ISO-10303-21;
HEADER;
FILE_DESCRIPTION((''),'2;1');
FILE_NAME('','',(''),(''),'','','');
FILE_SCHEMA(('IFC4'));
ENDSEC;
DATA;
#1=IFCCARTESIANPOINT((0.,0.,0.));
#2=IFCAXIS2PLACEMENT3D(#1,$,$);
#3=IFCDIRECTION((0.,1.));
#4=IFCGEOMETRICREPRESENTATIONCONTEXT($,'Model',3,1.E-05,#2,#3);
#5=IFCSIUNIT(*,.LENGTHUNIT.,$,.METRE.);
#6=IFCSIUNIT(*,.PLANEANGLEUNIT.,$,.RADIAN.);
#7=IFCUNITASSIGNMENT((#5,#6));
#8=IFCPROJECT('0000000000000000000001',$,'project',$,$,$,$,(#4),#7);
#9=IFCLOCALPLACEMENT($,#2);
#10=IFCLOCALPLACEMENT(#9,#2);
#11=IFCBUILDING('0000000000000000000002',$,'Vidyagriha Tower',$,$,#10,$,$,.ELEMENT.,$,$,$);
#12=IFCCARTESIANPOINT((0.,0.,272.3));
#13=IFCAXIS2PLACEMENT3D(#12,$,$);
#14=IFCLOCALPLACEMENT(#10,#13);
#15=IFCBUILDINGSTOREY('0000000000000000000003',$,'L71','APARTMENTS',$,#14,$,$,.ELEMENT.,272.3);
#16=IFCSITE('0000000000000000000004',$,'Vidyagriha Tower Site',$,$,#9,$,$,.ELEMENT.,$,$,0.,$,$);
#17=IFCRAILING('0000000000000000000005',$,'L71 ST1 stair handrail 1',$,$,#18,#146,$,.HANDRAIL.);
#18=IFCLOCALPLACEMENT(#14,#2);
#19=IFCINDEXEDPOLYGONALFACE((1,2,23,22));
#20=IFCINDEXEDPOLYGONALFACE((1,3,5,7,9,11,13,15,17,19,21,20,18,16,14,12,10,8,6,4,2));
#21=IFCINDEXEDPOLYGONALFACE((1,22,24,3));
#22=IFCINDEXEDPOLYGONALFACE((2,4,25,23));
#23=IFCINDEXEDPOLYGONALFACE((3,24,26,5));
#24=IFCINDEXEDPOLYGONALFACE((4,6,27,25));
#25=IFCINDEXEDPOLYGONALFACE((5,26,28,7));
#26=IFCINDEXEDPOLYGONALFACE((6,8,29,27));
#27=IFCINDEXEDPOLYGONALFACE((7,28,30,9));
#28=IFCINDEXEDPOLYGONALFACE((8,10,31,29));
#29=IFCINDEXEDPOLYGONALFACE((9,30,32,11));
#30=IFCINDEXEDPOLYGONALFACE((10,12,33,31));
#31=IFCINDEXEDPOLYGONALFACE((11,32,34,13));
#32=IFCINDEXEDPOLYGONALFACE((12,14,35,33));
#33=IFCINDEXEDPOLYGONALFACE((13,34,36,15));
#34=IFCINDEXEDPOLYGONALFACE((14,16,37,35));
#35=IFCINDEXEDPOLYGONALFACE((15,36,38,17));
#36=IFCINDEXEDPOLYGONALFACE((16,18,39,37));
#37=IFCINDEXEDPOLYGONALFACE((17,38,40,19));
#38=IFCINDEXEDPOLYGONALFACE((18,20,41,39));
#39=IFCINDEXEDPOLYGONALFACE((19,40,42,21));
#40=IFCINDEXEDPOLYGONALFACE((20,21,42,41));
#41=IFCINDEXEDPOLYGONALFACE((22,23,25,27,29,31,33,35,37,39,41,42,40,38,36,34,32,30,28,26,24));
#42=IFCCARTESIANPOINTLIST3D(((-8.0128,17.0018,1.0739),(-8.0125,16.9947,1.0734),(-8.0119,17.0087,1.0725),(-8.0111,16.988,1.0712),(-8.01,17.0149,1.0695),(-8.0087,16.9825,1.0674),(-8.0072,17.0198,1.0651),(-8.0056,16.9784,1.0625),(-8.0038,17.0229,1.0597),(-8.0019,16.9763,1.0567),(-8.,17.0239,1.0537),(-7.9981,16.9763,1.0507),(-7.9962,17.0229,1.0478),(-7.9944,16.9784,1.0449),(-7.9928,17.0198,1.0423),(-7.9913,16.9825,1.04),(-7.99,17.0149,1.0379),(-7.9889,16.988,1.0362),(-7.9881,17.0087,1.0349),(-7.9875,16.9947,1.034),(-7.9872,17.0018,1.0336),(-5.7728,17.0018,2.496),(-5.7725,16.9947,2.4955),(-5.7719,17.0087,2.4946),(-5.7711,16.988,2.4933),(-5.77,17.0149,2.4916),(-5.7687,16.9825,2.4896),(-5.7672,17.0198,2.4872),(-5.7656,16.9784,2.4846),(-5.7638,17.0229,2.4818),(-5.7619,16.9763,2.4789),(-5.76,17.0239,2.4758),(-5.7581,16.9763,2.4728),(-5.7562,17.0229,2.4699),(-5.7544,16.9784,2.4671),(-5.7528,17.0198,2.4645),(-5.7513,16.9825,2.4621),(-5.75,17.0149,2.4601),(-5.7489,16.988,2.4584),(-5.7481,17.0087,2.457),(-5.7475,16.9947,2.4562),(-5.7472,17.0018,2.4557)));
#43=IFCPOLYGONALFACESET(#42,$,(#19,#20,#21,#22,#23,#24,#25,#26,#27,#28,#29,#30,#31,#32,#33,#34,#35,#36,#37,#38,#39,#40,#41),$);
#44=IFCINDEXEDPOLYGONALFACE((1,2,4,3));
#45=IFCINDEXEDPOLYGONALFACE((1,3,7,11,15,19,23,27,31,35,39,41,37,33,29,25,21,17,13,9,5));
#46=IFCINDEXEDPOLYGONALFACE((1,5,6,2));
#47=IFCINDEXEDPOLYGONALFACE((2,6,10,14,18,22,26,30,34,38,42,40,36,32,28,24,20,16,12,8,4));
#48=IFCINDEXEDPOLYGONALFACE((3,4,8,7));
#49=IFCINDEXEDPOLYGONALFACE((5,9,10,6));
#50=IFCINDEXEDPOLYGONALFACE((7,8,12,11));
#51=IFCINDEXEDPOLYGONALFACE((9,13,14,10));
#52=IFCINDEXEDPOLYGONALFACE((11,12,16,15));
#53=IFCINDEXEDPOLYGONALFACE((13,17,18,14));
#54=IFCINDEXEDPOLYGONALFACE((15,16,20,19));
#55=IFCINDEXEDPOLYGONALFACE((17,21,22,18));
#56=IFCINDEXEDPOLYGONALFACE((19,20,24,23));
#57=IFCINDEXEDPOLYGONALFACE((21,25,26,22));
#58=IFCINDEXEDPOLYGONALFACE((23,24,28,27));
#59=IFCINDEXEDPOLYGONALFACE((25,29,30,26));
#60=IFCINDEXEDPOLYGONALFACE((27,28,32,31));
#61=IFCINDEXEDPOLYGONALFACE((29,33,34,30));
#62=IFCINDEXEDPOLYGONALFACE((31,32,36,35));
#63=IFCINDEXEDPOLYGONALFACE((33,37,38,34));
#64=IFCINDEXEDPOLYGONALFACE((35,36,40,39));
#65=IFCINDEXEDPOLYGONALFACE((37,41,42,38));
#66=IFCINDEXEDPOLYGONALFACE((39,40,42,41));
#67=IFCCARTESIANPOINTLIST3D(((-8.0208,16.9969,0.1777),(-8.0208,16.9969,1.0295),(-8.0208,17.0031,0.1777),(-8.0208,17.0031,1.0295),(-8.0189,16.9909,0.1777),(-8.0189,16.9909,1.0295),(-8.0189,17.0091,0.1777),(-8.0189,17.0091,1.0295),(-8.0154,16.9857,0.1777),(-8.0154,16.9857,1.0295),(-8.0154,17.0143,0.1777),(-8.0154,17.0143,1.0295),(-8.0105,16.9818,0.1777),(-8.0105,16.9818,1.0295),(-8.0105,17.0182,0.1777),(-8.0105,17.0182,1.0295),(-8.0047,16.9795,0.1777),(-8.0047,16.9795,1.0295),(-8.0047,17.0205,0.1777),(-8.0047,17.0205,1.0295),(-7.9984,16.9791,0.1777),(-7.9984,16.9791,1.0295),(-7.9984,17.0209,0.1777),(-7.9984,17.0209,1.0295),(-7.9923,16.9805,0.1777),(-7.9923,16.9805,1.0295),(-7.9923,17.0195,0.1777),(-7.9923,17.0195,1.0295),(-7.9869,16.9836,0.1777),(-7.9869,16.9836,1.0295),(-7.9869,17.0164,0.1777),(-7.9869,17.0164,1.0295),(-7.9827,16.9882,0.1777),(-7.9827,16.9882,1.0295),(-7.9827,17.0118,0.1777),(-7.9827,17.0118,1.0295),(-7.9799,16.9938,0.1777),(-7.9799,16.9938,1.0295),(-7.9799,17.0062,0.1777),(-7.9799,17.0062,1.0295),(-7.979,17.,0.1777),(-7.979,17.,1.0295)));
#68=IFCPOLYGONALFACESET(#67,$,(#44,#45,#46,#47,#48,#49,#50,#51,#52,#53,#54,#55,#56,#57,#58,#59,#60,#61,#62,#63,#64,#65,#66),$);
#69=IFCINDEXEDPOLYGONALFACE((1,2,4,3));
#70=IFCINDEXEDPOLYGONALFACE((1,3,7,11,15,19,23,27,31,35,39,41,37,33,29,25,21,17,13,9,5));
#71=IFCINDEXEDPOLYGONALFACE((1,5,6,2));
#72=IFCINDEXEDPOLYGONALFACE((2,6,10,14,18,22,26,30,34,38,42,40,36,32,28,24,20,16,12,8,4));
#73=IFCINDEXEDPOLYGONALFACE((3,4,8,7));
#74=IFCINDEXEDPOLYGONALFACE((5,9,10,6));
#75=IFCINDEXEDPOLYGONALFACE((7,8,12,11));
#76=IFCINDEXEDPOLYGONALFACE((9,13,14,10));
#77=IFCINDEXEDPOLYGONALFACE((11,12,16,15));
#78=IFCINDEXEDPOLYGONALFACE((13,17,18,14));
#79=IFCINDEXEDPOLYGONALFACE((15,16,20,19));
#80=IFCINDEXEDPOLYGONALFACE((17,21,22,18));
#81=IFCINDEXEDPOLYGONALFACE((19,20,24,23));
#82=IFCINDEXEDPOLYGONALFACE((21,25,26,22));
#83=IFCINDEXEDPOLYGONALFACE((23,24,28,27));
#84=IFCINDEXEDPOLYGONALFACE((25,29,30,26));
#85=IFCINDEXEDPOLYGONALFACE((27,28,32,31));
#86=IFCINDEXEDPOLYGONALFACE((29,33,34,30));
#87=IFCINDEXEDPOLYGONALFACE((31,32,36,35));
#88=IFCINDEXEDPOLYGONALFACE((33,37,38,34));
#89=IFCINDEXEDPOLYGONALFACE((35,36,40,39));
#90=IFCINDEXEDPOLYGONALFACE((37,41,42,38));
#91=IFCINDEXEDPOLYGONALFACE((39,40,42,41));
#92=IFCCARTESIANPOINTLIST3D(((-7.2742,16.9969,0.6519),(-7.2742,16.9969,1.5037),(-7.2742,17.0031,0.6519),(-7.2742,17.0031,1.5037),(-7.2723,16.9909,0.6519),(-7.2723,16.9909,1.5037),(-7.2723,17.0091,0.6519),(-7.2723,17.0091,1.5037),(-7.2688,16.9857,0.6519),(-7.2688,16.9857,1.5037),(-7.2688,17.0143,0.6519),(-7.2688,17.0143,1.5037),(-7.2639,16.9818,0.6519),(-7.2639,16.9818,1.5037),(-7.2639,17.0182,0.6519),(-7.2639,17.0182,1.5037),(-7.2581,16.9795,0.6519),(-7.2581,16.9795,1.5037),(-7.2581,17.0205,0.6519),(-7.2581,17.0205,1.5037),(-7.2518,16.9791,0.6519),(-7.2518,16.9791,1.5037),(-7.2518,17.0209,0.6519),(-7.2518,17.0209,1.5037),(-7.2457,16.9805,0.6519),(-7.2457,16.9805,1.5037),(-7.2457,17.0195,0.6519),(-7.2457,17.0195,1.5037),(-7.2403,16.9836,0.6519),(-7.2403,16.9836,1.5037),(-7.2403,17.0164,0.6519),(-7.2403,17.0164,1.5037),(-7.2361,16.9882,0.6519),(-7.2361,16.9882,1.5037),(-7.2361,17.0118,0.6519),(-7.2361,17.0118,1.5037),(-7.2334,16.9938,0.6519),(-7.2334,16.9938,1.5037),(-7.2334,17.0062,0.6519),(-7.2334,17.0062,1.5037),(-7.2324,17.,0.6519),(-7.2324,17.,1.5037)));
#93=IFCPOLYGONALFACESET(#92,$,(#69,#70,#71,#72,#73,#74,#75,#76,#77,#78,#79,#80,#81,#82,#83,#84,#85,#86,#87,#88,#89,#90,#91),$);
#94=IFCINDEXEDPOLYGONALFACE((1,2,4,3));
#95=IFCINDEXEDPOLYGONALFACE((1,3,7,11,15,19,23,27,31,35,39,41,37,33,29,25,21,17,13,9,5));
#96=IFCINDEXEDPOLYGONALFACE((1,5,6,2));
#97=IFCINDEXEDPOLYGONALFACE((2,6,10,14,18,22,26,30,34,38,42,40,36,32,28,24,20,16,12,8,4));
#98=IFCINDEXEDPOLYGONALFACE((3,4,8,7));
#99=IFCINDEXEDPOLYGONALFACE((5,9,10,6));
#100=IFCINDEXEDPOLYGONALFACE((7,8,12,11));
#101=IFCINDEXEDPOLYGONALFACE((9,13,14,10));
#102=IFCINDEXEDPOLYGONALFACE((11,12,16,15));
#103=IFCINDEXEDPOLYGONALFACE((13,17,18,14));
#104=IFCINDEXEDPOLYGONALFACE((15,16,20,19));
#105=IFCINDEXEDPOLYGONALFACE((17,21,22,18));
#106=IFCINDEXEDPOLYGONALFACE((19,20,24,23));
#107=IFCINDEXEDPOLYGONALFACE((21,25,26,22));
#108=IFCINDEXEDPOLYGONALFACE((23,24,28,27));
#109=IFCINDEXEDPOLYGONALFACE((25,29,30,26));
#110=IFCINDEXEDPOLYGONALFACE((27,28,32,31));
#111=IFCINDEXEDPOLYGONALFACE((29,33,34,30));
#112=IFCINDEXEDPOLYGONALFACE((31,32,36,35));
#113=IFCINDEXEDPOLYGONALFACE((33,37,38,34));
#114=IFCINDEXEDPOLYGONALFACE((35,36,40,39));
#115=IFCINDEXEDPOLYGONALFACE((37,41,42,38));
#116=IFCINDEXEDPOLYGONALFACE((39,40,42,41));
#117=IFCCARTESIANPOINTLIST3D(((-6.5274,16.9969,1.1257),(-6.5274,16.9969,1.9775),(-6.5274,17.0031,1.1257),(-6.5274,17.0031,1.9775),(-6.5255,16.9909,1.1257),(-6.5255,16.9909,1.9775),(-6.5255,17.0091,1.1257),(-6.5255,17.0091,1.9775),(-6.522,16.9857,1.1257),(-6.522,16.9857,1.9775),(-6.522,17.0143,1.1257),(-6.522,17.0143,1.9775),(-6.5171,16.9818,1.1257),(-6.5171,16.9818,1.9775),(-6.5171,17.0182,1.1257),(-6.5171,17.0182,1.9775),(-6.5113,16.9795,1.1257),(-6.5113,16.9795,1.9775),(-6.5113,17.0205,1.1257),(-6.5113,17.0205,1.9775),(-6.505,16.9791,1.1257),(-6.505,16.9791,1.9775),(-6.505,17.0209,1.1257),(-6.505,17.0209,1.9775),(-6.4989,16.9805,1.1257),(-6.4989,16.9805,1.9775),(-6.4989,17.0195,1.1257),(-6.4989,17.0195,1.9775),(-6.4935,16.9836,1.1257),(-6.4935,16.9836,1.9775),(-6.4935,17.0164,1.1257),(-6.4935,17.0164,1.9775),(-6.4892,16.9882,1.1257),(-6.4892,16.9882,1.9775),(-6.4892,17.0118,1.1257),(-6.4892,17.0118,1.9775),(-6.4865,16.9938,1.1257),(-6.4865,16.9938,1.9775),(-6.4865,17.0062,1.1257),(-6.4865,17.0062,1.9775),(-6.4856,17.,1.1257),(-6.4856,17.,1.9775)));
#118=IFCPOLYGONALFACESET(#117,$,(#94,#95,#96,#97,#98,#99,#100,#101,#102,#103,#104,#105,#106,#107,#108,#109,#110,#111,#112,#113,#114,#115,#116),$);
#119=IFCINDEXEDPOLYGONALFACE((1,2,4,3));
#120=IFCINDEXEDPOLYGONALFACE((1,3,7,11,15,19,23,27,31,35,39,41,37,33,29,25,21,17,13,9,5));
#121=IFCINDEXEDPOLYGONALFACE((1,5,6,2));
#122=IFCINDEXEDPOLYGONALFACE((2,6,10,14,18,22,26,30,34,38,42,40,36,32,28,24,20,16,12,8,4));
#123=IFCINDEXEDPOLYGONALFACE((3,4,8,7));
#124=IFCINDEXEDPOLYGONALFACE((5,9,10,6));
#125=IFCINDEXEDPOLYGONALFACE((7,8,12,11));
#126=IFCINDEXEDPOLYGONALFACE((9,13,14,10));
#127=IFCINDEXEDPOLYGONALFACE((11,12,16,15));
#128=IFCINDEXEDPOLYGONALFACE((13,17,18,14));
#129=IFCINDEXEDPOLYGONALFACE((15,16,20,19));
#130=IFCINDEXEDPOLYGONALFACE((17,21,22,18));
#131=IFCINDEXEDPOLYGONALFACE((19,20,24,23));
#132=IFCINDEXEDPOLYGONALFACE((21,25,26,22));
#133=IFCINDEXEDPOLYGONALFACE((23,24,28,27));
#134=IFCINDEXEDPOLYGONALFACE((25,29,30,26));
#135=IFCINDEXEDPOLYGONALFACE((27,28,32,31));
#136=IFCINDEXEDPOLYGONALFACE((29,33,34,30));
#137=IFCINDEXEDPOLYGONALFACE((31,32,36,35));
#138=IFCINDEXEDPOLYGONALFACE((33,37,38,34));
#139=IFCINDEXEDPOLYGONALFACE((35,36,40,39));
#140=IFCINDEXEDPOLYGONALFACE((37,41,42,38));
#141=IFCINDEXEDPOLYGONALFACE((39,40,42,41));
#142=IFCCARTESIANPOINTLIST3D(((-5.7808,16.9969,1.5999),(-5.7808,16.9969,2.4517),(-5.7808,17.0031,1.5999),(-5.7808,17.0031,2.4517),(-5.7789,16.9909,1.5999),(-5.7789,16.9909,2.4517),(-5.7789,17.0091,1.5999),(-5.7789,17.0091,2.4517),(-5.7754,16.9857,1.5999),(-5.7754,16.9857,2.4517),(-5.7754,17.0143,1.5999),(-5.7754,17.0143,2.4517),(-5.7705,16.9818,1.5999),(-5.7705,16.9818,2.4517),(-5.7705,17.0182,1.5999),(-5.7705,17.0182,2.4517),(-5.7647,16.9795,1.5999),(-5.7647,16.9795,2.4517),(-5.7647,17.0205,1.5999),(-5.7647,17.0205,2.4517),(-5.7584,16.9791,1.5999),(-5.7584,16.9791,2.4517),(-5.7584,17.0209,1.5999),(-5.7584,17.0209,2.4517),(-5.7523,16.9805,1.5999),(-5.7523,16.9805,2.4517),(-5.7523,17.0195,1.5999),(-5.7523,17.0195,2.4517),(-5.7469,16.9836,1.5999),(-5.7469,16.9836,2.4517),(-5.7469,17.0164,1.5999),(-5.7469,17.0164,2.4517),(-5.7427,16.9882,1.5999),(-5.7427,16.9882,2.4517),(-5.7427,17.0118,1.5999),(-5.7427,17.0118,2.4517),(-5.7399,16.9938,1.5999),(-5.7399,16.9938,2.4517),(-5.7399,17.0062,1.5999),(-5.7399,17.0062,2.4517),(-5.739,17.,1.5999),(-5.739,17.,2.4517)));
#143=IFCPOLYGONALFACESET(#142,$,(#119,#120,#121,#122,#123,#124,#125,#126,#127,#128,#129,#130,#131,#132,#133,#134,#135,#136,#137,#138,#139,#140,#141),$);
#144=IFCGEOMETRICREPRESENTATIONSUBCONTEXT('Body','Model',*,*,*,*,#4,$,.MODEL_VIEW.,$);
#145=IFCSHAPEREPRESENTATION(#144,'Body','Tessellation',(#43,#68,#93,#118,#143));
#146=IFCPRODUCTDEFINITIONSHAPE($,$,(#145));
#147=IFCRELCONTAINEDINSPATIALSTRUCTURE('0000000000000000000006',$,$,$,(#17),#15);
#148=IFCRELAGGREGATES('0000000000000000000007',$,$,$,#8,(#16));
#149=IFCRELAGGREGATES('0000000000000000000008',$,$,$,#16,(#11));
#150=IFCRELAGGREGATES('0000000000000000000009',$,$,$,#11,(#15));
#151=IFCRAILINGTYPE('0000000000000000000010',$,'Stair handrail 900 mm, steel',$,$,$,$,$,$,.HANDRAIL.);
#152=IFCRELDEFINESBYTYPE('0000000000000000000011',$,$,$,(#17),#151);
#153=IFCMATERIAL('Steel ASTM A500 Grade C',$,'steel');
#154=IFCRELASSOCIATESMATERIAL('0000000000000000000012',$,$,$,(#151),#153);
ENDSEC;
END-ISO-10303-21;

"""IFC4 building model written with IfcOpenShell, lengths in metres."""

from ifc_helpers import new_model, si_unit, direction, frame, origin, origin_2d, place, context, subcontext, project, spatial, circle, extrude, material, type_object, element, save


model = new_model("IFC4")

# Units and contexts
model_context = context("Model", 3, precision=1e-05, world=origin(), true_north=direction((0.0, 1.0)))
body_context = subcontext(model_context, "Body", "Model", "MODEL_VIEW")
ifc_project = project(units=[si_unit("LENGTHUNIT", "METRE"), si_unit("PLANEANGLEUNIT", "RADIAN")], contexts=[model_context])

# Site, building, storey
site_placement = place(None, origin())
site = spatial("IfcSite", under=ifc_project, at=site_placement, Name="Vidyagriha Tower Site", CompositionType="ELEMENT", RefElevation=0.0)
building_placement = place(site_placement, origin())
building = spatial("IfcBuilding", under=site, at=building_placement, Name="Vidyagriha Tower", CompositionType="ELEMENT")
storey_placement = place(building_placement, frame((0.0, 0.0, 272.3)))
storey = spatial("IfcBuildingStorey", under=building, at=storey_placement, Name="L71", Description="APARTMENTS", CompositionType="ELEMENT", Elevation=272.3)

# Railing
ifc_material_1 = material(Name="Steel ASTM A500 Grade C", Category="steel")
railing_type = type_object("IfcRailingType", Name="Stair handrail 900 mm, steel", PredefinedType="HANDRAIL", material=ifc_material_1)
for number, where, name in (
    (1, (-8.0, 17.0, 0.1777), "L71 ST1 stair handrail 1"),
):
    element("IfcRailing", number, at=place(storey_placement, frame(where)), inside=storey, type_object=railing_type, Name=name, PredefinedType="HANDRAIL", context=body_context, shape_type="SweptSolid", body=[
        extrude(circle(Radius=0.0239, at=origin_2d()), frame((0.0, 0.0, 0.876), z_axis=(0.844229, 0.0, 0.535982), x_axis=(0.0, 1.0, 0.0)), (0.0, 0.0, 1.0), 2.6533),
        extrude(circle(Radius=0.021, at=origin_2d()), origin(), (0.0, 0.0, 1.0), 0.8518),
        extrude(circle(Radius=0.021, at=origin_2d()), frame((0.7466, 0.0, 0.4741)), (0.0, 0.0, 1.0), 0.8518),
        extrude(circle(Radius=0.021, at=origin_2d()), frame((1.4934, 0.0, 0.948)), (0.0, 0.0, 1.0), 0.8518),
        extrude(circle(Radius=0.021, at=origin_2d()), frame((2.24, 0.0, 1.4221)), (0.0, 0.0, 1.0), 0.8518),
    ])

save(model, "model.ifc")
